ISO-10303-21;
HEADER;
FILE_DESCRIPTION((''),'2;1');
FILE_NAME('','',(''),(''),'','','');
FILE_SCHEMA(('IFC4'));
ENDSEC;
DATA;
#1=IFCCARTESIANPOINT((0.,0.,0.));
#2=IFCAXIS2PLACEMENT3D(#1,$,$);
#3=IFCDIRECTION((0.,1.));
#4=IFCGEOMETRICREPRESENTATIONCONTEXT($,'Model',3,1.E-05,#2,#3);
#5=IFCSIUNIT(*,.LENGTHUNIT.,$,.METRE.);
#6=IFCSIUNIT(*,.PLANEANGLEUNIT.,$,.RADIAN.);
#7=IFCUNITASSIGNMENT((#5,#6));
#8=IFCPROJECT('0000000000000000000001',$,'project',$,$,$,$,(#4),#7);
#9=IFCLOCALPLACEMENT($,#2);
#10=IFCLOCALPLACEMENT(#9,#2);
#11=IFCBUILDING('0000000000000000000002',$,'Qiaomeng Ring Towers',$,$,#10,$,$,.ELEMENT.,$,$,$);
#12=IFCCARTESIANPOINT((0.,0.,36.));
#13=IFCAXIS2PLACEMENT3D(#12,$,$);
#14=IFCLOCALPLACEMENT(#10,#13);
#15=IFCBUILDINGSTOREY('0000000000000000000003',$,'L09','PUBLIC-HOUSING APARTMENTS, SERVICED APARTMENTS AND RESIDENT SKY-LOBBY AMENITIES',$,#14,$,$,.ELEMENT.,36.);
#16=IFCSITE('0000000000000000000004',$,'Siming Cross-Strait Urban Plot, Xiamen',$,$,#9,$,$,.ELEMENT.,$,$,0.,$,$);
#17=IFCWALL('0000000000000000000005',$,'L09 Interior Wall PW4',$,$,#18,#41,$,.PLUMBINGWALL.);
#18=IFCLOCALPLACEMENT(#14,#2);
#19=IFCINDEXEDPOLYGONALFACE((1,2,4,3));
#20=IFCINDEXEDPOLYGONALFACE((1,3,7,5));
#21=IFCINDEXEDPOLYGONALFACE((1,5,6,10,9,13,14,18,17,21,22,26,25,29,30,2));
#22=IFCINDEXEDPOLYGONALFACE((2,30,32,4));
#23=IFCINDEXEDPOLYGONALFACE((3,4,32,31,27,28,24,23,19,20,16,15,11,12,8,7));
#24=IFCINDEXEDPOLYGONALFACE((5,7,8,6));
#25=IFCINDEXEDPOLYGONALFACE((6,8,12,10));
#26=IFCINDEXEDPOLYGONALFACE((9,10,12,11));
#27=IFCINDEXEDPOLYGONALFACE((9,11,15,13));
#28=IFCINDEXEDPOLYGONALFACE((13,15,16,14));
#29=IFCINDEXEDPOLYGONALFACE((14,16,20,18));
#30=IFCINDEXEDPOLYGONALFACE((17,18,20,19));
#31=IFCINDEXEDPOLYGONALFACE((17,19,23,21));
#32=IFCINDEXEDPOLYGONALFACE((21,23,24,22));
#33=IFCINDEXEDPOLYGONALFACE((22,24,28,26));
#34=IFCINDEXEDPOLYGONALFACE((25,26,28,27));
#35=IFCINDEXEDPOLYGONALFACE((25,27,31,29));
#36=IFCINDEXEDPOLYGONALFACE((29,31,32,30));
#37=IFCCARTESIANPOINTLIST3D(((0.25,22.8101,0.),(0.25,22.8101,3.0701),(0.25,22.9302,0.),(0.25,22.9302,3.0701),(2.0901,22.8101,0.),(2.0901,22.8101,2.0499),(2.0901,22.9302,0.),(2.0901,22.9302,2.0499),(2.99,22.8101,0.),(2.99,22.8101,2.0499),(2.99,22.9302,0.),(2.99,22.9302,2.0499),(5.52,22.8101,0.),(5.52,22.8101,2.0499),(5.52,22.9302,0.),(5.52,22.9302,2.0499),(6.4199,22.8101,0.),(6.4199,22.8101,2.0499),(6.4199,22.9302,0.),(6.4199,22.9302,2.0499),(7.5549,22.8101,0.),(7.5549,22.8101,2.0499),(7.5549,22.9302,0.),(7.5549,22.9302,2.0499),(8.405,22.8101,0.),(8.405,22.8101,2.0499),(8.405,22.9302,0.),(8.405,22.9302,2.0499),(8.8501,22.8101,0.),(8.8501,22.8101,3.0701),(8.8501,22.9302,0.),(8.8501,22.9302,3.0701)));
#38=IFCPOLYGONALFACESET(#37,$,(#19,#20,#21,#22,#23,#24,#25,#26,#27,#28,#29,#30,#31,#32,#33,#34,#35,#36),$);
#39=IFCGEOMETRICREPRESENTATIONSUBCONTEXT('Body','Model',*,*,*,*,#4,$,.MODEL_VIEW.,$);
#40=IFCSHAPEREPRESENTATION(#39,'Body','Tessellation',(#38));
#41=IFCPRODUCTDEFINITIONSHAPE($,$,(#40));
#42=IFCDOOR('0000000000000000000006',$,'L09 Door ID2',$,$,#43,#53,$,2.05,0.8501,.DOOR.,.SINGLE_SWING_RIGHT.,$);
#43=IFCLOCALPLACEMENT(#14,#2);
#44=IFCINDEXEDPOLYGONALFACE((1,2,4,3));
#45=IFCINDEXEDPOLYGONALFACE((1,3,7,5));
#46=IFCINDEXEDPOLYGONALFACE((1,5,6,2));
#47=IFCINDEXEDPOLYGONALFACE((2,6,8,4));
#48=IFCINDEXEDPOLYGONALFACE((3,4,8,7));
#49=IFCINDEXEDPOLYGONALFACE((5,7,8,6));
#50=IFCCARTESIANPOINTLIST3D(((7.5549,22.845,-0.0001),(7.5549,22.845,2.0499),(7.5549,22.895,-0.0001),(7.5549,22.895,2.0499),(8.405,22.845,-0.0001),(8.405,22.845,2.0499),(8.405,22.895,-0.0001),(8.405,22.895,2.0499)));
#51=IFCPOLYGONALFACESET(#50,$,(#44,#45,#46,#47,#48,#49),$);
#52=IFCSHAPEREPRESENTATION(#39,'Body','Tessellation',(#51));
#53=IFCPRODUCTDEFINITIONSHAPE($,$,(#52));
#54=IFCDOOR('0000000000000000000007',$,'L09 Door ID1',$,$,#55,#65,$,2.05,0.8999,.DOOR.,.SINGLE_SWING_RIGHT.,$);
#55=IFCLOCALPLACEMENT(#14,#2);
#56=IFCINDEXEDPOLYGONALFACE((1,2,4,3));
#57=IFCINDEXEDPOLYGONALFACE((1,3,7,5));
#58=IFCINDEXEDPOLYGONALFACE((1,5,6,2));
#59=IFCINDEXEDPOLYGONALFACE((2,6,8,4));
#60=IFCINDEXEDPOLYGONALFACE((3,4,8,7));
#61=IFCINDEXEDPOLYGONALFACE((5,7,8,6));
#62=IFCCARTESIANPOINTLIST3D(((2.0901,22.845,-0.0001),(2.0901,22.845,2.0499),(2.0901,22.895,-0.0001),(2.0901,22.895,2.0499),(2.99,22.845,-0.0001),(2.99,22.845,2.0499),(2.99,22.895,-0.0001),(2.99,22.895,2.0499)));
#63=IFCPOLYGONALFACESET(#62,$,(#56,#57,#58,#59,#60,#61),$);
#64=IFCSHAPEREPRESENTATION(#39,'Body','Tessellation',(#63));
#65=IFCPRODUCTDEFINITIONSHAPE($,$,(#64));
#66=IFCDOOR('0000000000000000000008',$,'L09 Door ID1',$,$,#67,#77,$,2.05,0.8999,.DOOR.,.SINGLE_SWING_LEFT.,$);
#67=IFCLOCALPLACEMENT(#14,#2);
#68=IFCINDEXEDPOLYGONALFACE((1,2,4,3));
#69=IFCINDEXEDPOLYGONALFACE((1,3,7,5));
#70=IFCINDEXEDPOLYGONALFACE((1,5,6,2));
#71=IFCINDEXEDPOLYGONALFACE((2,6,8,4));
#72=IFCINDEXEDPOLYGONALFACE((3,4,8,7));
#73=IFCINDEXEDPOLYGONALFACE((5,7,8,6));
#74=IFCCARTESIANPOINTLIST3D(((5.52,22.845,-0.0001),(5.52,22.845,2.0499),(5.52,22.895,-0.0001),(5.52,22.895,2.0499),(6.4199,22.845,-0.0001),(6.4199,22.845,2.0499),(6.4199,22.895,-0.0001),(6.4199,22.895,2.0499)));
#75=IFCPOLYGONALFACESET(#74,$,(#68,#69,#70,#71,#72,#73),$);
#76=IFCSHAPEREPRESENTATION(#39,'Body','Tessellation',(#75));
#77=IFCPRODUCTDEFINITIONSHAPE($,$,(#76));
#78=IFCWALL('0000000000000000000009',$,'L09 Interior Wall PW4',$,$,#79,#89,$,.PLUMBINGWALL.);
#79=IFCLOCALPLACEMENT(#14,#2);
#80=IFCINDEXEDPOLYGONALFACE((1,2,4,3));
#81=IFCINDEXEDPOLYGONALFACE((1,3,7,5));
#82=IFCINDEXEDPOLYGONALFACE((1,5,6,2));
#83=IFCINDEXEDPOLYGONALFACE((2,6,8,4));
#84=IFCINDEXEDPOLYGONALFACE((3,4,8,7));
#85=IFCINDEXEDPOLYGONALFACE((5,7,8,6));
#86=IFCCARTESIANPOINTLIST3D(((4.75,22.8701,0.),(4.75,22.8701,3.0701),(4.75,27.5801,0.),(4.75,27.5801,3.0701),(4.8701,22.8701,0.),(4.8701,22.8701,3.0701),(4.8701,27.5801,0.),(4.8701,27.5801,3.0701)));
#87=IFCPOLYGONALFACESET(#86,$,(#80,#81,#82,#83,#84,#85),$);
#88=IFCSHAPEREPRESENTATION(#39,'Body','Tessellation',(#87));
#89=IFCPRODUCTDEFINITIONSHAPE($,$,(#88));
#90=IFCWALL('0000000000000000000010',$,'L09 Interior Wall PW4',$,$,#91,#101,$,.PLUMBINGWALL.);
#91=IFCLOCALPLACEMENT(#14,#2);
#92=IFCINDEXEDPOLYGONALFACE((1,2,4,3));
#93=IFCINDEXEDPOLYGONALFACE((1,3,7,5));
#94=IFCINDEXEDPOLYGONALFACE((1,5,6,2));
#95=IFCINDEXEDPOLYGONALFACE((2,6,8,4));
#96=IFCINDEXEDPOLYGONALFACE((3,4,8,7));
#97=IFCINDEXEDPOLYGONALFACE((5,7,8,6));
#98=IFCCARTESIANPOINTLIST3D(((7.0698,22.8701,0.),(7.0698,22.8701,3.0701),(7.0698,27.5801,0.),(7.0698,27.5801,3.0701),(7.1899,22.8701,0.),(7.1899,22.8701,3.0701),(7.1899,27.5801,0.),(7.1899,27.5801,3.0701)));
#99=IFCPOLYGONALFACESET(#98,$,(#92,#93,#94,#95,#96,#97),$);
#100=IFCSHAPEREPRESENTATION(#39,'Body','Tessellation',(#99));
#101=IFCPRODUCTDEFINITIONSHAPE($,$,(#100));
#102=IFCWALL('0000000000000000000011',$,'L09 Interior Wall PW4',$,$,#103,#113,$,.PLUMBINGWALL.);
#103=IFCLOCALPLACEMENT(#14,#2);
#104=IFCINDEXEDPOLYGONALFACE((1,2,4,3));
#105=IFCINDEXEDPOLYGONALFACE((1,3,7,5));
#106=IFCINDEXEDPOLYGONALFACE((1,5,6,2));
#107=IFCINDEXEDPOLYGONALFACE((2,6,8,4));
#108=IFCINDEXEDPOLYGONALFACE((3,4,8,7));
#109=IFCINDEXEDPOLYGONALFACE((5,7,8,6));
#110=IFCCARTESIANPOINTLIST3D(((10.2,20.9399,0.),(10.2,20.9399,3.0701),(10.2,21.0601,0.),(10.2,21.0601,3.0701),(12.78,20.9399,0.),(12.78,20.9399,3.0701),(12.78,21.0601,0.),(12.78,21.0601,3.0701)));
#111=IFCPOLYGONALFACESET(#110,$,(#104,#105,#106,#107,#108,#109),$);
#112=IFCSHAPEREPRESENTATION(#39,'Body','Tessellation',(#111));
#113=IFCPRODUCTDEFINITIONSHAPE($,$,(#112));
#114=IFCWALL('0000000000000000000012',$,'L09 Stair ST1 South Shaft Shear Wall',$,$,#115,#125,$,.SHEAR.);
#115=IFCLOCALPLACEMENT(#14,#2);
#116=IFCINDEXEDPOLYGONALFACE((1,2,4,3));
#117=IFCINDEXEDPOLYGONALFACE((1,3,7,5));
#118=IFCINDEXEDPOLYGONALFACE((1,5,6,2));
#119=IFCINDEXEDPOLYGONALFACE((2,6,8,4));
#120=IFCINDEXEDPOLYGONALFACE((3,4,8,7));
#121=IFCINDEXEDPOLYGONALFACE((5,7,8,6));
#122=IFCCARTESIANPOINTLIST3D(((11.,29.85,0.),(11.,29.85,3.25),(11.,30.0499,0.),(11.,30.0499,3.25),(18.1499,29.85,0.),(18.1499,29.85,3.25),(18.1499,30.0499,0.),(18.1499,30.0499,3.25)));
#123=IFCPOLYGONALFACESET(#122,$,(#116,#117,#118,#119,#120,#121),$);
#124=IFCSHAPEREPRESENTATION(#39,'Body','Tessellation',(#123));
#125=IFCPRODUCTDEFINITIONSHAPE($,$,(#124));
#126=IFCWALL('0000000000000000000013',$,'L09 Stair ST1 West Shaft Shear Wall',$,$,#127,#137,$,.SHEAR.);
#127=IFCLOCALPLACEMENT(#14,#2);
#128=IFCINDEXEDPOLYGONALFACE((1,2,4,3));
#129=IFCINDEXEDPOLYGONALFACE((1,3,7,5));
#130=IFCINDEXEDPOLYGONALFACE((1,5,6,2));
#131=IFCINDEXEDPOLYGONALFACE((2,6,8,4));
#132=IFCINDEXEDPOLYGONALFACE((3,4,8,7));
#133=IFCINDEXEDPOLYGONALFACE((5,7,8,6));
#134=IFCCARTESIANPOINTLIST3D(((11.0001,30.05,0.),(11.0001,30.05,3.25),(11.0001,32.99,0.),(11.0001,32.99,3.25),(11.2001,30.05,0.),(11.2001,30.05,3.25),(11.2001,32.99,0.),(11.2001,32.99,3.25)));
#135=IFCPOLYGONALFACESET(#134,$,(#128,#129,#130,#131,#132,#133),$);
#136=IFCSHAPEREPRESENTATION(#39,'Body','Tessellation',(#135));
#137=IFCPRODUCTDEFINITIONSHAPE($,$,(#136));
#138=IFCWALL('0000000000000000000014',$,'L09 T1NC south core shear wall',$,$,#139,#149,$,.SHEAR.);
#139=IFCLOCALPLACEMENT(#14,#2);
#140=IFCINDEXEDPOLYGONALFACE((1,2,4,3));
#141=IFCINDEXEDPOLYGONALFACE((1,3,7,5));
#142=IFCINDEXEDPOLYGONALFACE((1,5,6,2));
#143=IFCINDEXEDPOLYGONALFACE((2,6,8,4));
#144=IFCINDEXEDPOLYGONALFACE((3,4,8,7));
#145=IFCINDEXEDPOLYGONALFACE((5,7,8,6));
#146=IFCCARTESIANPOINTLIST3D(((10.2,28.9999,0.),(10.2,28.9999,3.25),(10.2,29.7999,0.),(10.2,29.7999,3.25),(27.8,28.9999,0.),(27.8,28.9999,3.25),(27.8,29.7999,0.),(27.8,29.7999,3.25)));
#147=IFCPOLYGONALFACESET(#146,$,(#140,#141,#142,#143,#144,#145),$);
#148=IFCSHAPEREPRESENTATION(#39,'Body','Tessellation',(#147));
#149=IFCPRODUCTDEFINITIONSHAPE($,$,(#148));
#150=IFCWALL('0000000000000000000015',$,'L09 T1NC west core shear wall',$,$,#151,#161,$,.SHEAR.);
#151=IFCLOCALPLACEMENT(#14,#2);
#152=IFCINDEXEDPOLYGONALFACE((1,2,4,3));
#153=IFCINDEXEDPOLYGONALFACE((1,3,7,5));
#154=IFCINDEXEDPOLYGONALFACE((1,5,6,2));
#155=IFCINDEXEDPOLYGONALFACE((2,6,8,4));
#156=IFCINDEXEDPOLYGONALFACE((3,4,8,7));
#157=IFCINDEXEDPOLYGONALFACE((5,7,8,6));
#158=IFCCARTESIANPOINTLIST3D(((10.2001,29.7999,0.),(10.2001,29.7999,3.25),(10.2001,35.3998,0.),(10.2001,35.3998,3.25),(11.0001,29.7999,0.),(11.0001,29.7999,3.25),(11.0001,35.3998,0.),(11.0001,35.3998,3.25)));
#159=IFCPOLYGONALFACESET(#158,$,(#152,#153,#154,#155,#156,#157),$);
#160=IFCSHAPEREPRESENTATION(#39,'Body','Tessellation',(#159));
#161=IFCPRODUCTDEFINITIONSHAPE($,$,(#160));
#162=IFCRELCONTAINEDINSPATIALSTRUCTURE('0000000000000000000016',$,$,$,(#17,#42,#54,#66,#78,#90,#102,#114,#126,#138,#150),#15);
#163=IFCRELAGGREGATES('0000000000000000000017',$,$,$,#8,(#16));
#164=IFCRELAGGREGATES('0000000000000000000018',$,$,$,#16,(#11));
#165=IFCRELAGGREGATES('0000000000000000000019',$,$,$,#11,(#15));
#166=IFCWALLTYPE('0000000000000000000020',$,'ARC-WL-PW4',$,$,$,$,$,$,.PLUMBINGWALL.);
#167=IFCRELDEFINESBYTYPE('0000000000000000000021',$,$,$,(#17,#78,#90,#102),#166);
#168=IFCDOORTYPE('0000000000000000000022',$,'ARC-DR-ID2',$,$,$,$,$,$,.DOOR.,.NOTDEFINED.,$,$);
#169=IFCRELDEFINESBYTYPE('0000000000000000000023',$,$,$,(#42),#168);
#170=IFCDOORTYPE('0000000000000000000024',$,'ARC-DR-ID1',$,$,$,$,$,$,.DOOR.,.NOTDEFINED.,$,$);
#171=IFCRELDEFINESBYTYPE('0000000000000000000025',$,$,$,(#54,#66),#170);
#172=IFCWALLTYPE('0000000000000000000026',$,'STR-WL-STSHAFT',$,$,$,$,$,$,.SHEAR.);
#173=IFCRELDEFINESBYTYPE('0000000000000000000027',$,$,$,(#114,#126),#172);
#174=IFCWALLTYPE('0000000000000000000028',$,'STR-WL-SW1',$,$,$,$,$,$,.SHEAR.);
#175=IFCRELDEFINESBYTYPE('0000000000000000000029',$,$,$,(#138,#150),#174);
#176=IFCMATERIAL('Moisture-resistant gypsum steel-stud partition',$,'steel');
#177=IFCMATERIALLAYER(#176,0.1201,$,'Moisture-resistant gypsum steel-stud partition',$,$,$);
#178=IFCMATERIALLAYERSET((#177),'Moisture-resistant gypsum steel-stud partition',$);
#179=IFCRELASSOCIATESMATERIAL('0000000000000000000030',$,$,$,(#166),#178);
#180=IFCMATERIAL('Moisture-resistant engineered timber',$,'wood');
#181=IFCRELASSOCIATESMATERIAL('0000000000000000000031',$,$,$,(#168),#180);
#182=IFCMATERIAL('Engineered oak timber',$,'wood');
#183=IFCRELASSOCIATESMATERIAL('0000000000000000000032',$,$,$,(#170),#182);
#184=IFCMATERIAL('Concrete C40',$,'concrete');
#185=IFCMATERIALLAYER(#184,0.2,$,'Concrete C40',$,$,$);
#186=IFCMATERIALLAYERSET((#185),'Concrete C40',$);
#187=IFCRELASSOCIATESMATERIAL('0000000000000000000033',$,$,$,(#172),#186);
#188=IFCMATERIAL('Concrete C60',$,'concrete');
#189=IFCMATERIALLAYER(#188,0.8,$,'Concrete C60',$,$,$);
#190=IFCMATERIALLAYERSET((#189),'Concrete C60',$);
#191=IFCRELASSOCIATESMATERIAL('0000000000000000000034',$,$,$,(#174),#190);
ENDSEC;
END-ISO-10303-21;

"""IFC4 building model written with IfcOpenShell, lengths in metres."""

from ifc_helpers import new_model, si_unit, direction, frame, frame_2d, origin, place, context, subcontext, project, spatial, rectangle, extrude, source, transform, mapped, material, layer, layer_set, type_object, element, fill, save


model = new_model("IFC4")

# Units and contexts
model_context = context("Model", 3, precision=1e-05, world=origin(), true_north=direction((0.0, 1.0)))
body_context = subcontext(model_context, "Body", "Model", "MODEL_VIEW")
ifc_project = project(units=[si_unit("LENGTHUNIT", "METRE"), si_unit("PLANEANGLEUNIT", "RADIAN")], contexts=[model_context])

# Site, building, storey
site_placement = place(None, origin())
site = spatial("IfcSite", under=ifc_project, at=site_placement, Name="Siming Cross-Strait Urban Plot, Xiamen", CompositionType="ELEMENT", RefElevation=0.0)
building_placement = place(site_placement, origin())
building = spatial("IfcBuilding", under=site, at=building_placement, Name="Qiaomeng Ring Towers", CompositionType="ELEMENT")
storey_placement = place(building_placement, frame((0.0, 0.0, 36.0)))
storey = spatial("IfcBuildingStorey", under=building, at=storey_placement, Name="L09", Description="PUBLIC-HOUSING APARTMENTS, SERVICED APARTMENTS AND RESIDENT SKY-LOBBY AMENITIES", CompositionType="ELEMENT", Elevation=36.0)

# Shared definitions
ifc_material_1 = material(Name="Concrete C60", Category="concrete")

# Wall, openings, doors
ifc_material_2 = material(Name="Moisture-resistant gypsum steel-stud partition", Category="steel")
ifc_layer_1 = layer(ifc_material_2, 0.1201, Name="Moisture-resistant gypsum steel-stud partition")
ifc_layer_set_1 = layer_set([ifc_layer_1], Name="Moisture-resistant gypsum steel-stud partition")
wall_type_1 = type_object("IfcWallType", Name="ARC-WL-PW4", PredefinedType="PLUMBINGWALL", material=ifc_layer_set_1)
wall_1_placement = place(storey_placement, frame((0.25, 22.8701, 0.0), z_axis=(0.0, 0.0, 1.0), x_axis=(1.0, 0.0, 0.0)))
wall_1 = element("IfcWall", 1, at=wall_1_placement, inside=storey, type_object=wall_type_1, Name="L09 Interior Wall PW4", PredefinedType="PLUMBINGWALL", context=body_context, shape_type="SweptSolid", body=[
    extrude(rectangle(XDim=8.6001, YDim=0.1201, at=frame_2d((4.3, 0.0))), origin(), (0.0, 0.0, 1.0), 3.0701),
])
opening_1_placement = place(wall_1_placement, frame((1.8401, 0.0, 0.0)))
opening_1 = element("IfcOpeningElement", 2, at=opening_1_placement, cuts=wall_1, PredefinedType="OPENING", context=body_context, shape_type="SweptSolid", body=[
    extrude(rectangle(XDim=0.8999, YDim=2.05, at=frame_2d((0.45, 1.0249))), frame((0.0, 0.0701, 0.0), z_axis=(0.0, -1.0, 0.0), x_axis=(1.0, 0.0, 0.0)), (0.0, 0.0, 1.0), 0.1401),
])
opening_2_placement = place(wall_1_placement, frame((5.27, 0.0, 0.0)))
opening_2 = element("IfcOpeningElement", 3, at=opening_2_placement, cuts=wall_1, PredefinedType="OPENING", context=body_context, shape_type="SweptSolid", body=[
    extrude(rectangle(XDim=0.8999, YDim=2.05, at=frame_2d((0.45, 1.0249))), frame((0.0, 0.0701, 0.0), z_axis=(0.0, -1.0, 0.0), x_axis=(1.0, 0.0, 0.0)), (0.0, 0.0, 1.0), 0.1401),
])
opening_3_placement = place(wall_1_placement, frame((7.3049, 0.0, 0.0)))
opening_3 = element("IfcOpeningElement", 4, at=opening_3_placement, cuts=wall_1, PredefinedType="OPENING", context=body_context, shape_type="SweptSolid", body=[
    extrude(rectangle(XDim=0.8501, YDim=2.05, at=frame_2d((0.425, 1.0249))), frame((0.0, 0.0701, 0.0), z_axis=(0.0, -1.0, 0.0), x_axis=(1.0, 0.0, 0.0)), (0.0, 0.0, 1.0), 0.1401),
])
ifc_material_3 = material(Name="Moisture-resistant engineered timber", Category="wood")
door_type_1 = type_object("IfcDoorType", Name="ARC-DR-ID2", OperationType="NOTDEFINED", PredefinedType="DOOR", material=ifc_material_3)
shared_shape_1 = source(origin(), body_context, "Body", "SweptSolid", [
    extrude(rectangle(XDim=0.8501, YDim=2.05, at=frame_2d((0.425, 1.0249))), frame((0.0, 0.0249, 0.0), z_axis=(0.0, -1.0, 0.0), x_axis=(1.0, 0.0, 0.0)), (0.0, 0.0, 1.0), 0.05),
])
door_1_placement = place(opening_3_placement, origin())
door_1 = element("IfcDoor", 5, at=door_1_placement, inside=storey, type_object=door_type_1, Name="L09 Door ID2", OperationType="SINGLE_SWING_RIGHT", OverallHeight=2.05, OverallWidth=0.8501, PredefinedType="DOOR", context=body_context, shape_type="MappedRepresentation", body=[
    mapped(shared_shape_1, transform((0.0, 0.0, 0.0), x_axis=(1.0, 0.0, 0.0), y_axis=(0.0, 1.0, 0.0), z_axis=(0.0, 0.0, 1.0), scale=1.0)),
])
fill(opening_3, door_1)
ifc_material_4 = material(Name="Engineered oak timber", Category="wood")
door_type_2 = type_object("IfcDoorType", Name="ARC-DR-ID1", OperationType="NOTDEFINED", PredefinedType="DOOR", material=ifc_material_4)
shared_shape_2 = source(origin(), body_context, "Body", "SweptSolid", [
    extrude(rectangle(XDim=0.8999, YDim=2.05, at=frame_2d((0.45, 1.0249))), frame((0.0, 0.0249, 0.0), z_axis=(0.0, -1.0, 0.0), x_axis=(1.0, 0.0, 0.0)), (0.0, 0.0, 1.0), 0.05),
])
door_2_placement = place(opening_1_placement, origin())
door_2 = element("IfcDoor", 6, at=door_2_placement, inside=storey, type_object=door_type_2, Name="L09 Door ID1", OperationType="SINGLE_SWING_RIGHT", OverallHeight=2.05, OverallWidth=0.8999, PredefinedType="DOOR", context=body_context, shape_type="MappedRepresentation", body=[
    mapped(shared_shape_2, transform((0.0, 0.0, 0.0), x_axis=(1.0, 0.0, 0.0), y_axis=(0.0, 1.0, 0.0), z_axis=(0.0, 0.0, 1.0), scale=1.0)),
])
fill(opening_1, door_2)
door_3_placement = place(opening_2_placement, origin())
door_3 = element("IfcDoor", 7, at=door_3_placement, inside=storey, type_object=door_type_2, Name="L09 Door ID1", OperationType="SINGLE_SWING_LEFT", OverallHeight=2.05, OverallWidth=0.8999, PredefinedType="DOOR", context=body_context, shape_type="MappedRepresentation", body=[
    mapped(shared_shape_2, transform((0.0, 0.0, 0.0), x_axis=(1.0, 0.0, 0.0), y_axis=(0.0, 1.0, 0.0), z_axis=(0.0, 0.0, 1.0), scale=1.0)),
])
fill(opening_2, door_3)

# Walls
for number, where, z_axis, x_axis, name in (
    (8, (4.8101, 22.8701, 0.0), (0.0, 0.0, 1.0), (0.0, 1.0, 0.0), "L09 Interior Wall PW4"),
    (9, (7.1299, 22.8701, 0.0), (0.0, 0.0, 1.0), (0.0, 1.0, 0.0), "L09 Interior Wall PW4"),
):
    element("IfcWall", number, at=place(storey_placement, frame(where, z_axis=z_axis, x_axis=x_axis)), inside=storey, type_object=wall_type_1, Name=name, PredefinedType="PLUMBINGWALL", context=body_context, shape_type="SweptSolid", body=[
        extrude(rectangle(XDim=4.71, YDim=0.1201, at=frame_2d((2.355, 0.0))), origin(), (0.0, 0.0, 1.0), 3.0701),
    ])
wall_2_placement = place(storey_placement, frame((10.2, 21.0, 0.0), z_axis=(0.0, 0.0, 1.0), x_axis=(1.0, 0.0, 0.0)))
element("IfcWall", 10, at=wall_2_placement, inside=storey, type_object=wall_type_1, Name="L09 Interior Wall PW4", PredefinedType="PLUMBINGWALL", context=body_context, shape_type="SweptSolid", body=[
    extrude(rectangle(XDim=2.5801, YDim=0.1201, at=frame_2d((1.29, 0.0))), origin(), (0.0, 0.0, 1.0), 3.0701),
])
ifc_material_5 = material(Name="Concrete C40", Category="concrete")
ifc_layer_2 = layer(ifc_material_5, 0.2, Name="Concrete C40")
ifc_layer_set_2 = layer_set([ifc_layer_2], Name="Concrete C40")
wall_type_2 = type_object("IfcWallType", Name="STR-WL-STSHAFT", PredefinedType="SHEAR", material=ifc_layer_set_2)
wall_3_placement = place(storey_placement, frame((11.0, 29.95, 0.0), z_axis=(0.0, 0.0, 1.0), x_axis=(1.0, 0.0, 0.0)))
element("IfcWall", 11, at=wall_3_placement, inside=storey, type_object=wall_type_2, Name="L09 Stair ST1 South Shaft Shear Wall", PredefinedType="SHEAR", context=body_context, shape_type="SweptSolid", body=[
    extrude(rectangle(XDim=7.1499, YDim=0.2, at=frame_2d((3.575, 0.0))), origin(), (0.0, 0.0, 1.0), 3.25),
])
wall_4_placement = place(storey_placement, frame((11.1001, 30.05, 0.0), z_axis=(0.0, 0.0, 1.0), x_axis=(0.0, 1.0, 0.0)))
element("IfcWall", 12, at=wall_4_placement, inside=storey, type_object=wall_type_2, Name="L09 Stair ST1 West Shaft Shear Wall", PredefinedType="SHEAR", context=body_context, shape_type="SweptSolid", body=[
    extrude(rectangle(XDim=2.9399, YDim=0.2, at=frame_2d((1.47, 0.0))), origin(), (0.0, 0.0, 1.0), 3.25),
])
ifc_layer_3 = layer(ifc_material_1, 0.8, Name="Concrete C60")
ifc_layer_set_3 = layer_set([ifc_layer_3], Name="Concrete C60")
wall_type_3 = type_object("IfcWallType", Name="STR-WL-SW1", PredefinedType="SHEAR", material=ifc_layer_set_3)
wall_5_placement = place(storey_placement, frame((10.2, 29.3999, 0.0), z_axis=(0.0, 0.0, 1.0), x_axis=(1.0, 0.0, 0.0)))
element("IfcWall", 13, at=wall_5_placement, inside=storey, type_object=wall_type_3, Name="L09 T1NC south core shear wall", PredefinedType="SHEAR", context=body_context, shape_type="SweptSolid", body=[
    extrude(rectangle(XDim=17.6001, YDim=0.8, at=frame_2d((8.8, 0.0))), origin(), (0.0, 0.0, 1.0), 3.25),
])
wall_6_placement = place(storey_placement, frame((10.6001, 29.8, 0.0), z_axis=(0.0, 0.0, 1.0), x_axis=(0.0, 1.0, 0.0)))
element("IfcWall", 14, at=wall_6_placement, inside=storey, type_object=wall_type_3, Name="L09 T1NC west core shear wall", PredefinedType="SHEAR", context=body_context, shape_type="SweptSolid", body=[
    extrude(rectangle(XDim=5.5999, YDim=0.8, at=frame_2d((2.7998, 0.0))), origin(), (0.0, 0.0, 1.0), 3.25),
])

save(model, "model.ifc")
